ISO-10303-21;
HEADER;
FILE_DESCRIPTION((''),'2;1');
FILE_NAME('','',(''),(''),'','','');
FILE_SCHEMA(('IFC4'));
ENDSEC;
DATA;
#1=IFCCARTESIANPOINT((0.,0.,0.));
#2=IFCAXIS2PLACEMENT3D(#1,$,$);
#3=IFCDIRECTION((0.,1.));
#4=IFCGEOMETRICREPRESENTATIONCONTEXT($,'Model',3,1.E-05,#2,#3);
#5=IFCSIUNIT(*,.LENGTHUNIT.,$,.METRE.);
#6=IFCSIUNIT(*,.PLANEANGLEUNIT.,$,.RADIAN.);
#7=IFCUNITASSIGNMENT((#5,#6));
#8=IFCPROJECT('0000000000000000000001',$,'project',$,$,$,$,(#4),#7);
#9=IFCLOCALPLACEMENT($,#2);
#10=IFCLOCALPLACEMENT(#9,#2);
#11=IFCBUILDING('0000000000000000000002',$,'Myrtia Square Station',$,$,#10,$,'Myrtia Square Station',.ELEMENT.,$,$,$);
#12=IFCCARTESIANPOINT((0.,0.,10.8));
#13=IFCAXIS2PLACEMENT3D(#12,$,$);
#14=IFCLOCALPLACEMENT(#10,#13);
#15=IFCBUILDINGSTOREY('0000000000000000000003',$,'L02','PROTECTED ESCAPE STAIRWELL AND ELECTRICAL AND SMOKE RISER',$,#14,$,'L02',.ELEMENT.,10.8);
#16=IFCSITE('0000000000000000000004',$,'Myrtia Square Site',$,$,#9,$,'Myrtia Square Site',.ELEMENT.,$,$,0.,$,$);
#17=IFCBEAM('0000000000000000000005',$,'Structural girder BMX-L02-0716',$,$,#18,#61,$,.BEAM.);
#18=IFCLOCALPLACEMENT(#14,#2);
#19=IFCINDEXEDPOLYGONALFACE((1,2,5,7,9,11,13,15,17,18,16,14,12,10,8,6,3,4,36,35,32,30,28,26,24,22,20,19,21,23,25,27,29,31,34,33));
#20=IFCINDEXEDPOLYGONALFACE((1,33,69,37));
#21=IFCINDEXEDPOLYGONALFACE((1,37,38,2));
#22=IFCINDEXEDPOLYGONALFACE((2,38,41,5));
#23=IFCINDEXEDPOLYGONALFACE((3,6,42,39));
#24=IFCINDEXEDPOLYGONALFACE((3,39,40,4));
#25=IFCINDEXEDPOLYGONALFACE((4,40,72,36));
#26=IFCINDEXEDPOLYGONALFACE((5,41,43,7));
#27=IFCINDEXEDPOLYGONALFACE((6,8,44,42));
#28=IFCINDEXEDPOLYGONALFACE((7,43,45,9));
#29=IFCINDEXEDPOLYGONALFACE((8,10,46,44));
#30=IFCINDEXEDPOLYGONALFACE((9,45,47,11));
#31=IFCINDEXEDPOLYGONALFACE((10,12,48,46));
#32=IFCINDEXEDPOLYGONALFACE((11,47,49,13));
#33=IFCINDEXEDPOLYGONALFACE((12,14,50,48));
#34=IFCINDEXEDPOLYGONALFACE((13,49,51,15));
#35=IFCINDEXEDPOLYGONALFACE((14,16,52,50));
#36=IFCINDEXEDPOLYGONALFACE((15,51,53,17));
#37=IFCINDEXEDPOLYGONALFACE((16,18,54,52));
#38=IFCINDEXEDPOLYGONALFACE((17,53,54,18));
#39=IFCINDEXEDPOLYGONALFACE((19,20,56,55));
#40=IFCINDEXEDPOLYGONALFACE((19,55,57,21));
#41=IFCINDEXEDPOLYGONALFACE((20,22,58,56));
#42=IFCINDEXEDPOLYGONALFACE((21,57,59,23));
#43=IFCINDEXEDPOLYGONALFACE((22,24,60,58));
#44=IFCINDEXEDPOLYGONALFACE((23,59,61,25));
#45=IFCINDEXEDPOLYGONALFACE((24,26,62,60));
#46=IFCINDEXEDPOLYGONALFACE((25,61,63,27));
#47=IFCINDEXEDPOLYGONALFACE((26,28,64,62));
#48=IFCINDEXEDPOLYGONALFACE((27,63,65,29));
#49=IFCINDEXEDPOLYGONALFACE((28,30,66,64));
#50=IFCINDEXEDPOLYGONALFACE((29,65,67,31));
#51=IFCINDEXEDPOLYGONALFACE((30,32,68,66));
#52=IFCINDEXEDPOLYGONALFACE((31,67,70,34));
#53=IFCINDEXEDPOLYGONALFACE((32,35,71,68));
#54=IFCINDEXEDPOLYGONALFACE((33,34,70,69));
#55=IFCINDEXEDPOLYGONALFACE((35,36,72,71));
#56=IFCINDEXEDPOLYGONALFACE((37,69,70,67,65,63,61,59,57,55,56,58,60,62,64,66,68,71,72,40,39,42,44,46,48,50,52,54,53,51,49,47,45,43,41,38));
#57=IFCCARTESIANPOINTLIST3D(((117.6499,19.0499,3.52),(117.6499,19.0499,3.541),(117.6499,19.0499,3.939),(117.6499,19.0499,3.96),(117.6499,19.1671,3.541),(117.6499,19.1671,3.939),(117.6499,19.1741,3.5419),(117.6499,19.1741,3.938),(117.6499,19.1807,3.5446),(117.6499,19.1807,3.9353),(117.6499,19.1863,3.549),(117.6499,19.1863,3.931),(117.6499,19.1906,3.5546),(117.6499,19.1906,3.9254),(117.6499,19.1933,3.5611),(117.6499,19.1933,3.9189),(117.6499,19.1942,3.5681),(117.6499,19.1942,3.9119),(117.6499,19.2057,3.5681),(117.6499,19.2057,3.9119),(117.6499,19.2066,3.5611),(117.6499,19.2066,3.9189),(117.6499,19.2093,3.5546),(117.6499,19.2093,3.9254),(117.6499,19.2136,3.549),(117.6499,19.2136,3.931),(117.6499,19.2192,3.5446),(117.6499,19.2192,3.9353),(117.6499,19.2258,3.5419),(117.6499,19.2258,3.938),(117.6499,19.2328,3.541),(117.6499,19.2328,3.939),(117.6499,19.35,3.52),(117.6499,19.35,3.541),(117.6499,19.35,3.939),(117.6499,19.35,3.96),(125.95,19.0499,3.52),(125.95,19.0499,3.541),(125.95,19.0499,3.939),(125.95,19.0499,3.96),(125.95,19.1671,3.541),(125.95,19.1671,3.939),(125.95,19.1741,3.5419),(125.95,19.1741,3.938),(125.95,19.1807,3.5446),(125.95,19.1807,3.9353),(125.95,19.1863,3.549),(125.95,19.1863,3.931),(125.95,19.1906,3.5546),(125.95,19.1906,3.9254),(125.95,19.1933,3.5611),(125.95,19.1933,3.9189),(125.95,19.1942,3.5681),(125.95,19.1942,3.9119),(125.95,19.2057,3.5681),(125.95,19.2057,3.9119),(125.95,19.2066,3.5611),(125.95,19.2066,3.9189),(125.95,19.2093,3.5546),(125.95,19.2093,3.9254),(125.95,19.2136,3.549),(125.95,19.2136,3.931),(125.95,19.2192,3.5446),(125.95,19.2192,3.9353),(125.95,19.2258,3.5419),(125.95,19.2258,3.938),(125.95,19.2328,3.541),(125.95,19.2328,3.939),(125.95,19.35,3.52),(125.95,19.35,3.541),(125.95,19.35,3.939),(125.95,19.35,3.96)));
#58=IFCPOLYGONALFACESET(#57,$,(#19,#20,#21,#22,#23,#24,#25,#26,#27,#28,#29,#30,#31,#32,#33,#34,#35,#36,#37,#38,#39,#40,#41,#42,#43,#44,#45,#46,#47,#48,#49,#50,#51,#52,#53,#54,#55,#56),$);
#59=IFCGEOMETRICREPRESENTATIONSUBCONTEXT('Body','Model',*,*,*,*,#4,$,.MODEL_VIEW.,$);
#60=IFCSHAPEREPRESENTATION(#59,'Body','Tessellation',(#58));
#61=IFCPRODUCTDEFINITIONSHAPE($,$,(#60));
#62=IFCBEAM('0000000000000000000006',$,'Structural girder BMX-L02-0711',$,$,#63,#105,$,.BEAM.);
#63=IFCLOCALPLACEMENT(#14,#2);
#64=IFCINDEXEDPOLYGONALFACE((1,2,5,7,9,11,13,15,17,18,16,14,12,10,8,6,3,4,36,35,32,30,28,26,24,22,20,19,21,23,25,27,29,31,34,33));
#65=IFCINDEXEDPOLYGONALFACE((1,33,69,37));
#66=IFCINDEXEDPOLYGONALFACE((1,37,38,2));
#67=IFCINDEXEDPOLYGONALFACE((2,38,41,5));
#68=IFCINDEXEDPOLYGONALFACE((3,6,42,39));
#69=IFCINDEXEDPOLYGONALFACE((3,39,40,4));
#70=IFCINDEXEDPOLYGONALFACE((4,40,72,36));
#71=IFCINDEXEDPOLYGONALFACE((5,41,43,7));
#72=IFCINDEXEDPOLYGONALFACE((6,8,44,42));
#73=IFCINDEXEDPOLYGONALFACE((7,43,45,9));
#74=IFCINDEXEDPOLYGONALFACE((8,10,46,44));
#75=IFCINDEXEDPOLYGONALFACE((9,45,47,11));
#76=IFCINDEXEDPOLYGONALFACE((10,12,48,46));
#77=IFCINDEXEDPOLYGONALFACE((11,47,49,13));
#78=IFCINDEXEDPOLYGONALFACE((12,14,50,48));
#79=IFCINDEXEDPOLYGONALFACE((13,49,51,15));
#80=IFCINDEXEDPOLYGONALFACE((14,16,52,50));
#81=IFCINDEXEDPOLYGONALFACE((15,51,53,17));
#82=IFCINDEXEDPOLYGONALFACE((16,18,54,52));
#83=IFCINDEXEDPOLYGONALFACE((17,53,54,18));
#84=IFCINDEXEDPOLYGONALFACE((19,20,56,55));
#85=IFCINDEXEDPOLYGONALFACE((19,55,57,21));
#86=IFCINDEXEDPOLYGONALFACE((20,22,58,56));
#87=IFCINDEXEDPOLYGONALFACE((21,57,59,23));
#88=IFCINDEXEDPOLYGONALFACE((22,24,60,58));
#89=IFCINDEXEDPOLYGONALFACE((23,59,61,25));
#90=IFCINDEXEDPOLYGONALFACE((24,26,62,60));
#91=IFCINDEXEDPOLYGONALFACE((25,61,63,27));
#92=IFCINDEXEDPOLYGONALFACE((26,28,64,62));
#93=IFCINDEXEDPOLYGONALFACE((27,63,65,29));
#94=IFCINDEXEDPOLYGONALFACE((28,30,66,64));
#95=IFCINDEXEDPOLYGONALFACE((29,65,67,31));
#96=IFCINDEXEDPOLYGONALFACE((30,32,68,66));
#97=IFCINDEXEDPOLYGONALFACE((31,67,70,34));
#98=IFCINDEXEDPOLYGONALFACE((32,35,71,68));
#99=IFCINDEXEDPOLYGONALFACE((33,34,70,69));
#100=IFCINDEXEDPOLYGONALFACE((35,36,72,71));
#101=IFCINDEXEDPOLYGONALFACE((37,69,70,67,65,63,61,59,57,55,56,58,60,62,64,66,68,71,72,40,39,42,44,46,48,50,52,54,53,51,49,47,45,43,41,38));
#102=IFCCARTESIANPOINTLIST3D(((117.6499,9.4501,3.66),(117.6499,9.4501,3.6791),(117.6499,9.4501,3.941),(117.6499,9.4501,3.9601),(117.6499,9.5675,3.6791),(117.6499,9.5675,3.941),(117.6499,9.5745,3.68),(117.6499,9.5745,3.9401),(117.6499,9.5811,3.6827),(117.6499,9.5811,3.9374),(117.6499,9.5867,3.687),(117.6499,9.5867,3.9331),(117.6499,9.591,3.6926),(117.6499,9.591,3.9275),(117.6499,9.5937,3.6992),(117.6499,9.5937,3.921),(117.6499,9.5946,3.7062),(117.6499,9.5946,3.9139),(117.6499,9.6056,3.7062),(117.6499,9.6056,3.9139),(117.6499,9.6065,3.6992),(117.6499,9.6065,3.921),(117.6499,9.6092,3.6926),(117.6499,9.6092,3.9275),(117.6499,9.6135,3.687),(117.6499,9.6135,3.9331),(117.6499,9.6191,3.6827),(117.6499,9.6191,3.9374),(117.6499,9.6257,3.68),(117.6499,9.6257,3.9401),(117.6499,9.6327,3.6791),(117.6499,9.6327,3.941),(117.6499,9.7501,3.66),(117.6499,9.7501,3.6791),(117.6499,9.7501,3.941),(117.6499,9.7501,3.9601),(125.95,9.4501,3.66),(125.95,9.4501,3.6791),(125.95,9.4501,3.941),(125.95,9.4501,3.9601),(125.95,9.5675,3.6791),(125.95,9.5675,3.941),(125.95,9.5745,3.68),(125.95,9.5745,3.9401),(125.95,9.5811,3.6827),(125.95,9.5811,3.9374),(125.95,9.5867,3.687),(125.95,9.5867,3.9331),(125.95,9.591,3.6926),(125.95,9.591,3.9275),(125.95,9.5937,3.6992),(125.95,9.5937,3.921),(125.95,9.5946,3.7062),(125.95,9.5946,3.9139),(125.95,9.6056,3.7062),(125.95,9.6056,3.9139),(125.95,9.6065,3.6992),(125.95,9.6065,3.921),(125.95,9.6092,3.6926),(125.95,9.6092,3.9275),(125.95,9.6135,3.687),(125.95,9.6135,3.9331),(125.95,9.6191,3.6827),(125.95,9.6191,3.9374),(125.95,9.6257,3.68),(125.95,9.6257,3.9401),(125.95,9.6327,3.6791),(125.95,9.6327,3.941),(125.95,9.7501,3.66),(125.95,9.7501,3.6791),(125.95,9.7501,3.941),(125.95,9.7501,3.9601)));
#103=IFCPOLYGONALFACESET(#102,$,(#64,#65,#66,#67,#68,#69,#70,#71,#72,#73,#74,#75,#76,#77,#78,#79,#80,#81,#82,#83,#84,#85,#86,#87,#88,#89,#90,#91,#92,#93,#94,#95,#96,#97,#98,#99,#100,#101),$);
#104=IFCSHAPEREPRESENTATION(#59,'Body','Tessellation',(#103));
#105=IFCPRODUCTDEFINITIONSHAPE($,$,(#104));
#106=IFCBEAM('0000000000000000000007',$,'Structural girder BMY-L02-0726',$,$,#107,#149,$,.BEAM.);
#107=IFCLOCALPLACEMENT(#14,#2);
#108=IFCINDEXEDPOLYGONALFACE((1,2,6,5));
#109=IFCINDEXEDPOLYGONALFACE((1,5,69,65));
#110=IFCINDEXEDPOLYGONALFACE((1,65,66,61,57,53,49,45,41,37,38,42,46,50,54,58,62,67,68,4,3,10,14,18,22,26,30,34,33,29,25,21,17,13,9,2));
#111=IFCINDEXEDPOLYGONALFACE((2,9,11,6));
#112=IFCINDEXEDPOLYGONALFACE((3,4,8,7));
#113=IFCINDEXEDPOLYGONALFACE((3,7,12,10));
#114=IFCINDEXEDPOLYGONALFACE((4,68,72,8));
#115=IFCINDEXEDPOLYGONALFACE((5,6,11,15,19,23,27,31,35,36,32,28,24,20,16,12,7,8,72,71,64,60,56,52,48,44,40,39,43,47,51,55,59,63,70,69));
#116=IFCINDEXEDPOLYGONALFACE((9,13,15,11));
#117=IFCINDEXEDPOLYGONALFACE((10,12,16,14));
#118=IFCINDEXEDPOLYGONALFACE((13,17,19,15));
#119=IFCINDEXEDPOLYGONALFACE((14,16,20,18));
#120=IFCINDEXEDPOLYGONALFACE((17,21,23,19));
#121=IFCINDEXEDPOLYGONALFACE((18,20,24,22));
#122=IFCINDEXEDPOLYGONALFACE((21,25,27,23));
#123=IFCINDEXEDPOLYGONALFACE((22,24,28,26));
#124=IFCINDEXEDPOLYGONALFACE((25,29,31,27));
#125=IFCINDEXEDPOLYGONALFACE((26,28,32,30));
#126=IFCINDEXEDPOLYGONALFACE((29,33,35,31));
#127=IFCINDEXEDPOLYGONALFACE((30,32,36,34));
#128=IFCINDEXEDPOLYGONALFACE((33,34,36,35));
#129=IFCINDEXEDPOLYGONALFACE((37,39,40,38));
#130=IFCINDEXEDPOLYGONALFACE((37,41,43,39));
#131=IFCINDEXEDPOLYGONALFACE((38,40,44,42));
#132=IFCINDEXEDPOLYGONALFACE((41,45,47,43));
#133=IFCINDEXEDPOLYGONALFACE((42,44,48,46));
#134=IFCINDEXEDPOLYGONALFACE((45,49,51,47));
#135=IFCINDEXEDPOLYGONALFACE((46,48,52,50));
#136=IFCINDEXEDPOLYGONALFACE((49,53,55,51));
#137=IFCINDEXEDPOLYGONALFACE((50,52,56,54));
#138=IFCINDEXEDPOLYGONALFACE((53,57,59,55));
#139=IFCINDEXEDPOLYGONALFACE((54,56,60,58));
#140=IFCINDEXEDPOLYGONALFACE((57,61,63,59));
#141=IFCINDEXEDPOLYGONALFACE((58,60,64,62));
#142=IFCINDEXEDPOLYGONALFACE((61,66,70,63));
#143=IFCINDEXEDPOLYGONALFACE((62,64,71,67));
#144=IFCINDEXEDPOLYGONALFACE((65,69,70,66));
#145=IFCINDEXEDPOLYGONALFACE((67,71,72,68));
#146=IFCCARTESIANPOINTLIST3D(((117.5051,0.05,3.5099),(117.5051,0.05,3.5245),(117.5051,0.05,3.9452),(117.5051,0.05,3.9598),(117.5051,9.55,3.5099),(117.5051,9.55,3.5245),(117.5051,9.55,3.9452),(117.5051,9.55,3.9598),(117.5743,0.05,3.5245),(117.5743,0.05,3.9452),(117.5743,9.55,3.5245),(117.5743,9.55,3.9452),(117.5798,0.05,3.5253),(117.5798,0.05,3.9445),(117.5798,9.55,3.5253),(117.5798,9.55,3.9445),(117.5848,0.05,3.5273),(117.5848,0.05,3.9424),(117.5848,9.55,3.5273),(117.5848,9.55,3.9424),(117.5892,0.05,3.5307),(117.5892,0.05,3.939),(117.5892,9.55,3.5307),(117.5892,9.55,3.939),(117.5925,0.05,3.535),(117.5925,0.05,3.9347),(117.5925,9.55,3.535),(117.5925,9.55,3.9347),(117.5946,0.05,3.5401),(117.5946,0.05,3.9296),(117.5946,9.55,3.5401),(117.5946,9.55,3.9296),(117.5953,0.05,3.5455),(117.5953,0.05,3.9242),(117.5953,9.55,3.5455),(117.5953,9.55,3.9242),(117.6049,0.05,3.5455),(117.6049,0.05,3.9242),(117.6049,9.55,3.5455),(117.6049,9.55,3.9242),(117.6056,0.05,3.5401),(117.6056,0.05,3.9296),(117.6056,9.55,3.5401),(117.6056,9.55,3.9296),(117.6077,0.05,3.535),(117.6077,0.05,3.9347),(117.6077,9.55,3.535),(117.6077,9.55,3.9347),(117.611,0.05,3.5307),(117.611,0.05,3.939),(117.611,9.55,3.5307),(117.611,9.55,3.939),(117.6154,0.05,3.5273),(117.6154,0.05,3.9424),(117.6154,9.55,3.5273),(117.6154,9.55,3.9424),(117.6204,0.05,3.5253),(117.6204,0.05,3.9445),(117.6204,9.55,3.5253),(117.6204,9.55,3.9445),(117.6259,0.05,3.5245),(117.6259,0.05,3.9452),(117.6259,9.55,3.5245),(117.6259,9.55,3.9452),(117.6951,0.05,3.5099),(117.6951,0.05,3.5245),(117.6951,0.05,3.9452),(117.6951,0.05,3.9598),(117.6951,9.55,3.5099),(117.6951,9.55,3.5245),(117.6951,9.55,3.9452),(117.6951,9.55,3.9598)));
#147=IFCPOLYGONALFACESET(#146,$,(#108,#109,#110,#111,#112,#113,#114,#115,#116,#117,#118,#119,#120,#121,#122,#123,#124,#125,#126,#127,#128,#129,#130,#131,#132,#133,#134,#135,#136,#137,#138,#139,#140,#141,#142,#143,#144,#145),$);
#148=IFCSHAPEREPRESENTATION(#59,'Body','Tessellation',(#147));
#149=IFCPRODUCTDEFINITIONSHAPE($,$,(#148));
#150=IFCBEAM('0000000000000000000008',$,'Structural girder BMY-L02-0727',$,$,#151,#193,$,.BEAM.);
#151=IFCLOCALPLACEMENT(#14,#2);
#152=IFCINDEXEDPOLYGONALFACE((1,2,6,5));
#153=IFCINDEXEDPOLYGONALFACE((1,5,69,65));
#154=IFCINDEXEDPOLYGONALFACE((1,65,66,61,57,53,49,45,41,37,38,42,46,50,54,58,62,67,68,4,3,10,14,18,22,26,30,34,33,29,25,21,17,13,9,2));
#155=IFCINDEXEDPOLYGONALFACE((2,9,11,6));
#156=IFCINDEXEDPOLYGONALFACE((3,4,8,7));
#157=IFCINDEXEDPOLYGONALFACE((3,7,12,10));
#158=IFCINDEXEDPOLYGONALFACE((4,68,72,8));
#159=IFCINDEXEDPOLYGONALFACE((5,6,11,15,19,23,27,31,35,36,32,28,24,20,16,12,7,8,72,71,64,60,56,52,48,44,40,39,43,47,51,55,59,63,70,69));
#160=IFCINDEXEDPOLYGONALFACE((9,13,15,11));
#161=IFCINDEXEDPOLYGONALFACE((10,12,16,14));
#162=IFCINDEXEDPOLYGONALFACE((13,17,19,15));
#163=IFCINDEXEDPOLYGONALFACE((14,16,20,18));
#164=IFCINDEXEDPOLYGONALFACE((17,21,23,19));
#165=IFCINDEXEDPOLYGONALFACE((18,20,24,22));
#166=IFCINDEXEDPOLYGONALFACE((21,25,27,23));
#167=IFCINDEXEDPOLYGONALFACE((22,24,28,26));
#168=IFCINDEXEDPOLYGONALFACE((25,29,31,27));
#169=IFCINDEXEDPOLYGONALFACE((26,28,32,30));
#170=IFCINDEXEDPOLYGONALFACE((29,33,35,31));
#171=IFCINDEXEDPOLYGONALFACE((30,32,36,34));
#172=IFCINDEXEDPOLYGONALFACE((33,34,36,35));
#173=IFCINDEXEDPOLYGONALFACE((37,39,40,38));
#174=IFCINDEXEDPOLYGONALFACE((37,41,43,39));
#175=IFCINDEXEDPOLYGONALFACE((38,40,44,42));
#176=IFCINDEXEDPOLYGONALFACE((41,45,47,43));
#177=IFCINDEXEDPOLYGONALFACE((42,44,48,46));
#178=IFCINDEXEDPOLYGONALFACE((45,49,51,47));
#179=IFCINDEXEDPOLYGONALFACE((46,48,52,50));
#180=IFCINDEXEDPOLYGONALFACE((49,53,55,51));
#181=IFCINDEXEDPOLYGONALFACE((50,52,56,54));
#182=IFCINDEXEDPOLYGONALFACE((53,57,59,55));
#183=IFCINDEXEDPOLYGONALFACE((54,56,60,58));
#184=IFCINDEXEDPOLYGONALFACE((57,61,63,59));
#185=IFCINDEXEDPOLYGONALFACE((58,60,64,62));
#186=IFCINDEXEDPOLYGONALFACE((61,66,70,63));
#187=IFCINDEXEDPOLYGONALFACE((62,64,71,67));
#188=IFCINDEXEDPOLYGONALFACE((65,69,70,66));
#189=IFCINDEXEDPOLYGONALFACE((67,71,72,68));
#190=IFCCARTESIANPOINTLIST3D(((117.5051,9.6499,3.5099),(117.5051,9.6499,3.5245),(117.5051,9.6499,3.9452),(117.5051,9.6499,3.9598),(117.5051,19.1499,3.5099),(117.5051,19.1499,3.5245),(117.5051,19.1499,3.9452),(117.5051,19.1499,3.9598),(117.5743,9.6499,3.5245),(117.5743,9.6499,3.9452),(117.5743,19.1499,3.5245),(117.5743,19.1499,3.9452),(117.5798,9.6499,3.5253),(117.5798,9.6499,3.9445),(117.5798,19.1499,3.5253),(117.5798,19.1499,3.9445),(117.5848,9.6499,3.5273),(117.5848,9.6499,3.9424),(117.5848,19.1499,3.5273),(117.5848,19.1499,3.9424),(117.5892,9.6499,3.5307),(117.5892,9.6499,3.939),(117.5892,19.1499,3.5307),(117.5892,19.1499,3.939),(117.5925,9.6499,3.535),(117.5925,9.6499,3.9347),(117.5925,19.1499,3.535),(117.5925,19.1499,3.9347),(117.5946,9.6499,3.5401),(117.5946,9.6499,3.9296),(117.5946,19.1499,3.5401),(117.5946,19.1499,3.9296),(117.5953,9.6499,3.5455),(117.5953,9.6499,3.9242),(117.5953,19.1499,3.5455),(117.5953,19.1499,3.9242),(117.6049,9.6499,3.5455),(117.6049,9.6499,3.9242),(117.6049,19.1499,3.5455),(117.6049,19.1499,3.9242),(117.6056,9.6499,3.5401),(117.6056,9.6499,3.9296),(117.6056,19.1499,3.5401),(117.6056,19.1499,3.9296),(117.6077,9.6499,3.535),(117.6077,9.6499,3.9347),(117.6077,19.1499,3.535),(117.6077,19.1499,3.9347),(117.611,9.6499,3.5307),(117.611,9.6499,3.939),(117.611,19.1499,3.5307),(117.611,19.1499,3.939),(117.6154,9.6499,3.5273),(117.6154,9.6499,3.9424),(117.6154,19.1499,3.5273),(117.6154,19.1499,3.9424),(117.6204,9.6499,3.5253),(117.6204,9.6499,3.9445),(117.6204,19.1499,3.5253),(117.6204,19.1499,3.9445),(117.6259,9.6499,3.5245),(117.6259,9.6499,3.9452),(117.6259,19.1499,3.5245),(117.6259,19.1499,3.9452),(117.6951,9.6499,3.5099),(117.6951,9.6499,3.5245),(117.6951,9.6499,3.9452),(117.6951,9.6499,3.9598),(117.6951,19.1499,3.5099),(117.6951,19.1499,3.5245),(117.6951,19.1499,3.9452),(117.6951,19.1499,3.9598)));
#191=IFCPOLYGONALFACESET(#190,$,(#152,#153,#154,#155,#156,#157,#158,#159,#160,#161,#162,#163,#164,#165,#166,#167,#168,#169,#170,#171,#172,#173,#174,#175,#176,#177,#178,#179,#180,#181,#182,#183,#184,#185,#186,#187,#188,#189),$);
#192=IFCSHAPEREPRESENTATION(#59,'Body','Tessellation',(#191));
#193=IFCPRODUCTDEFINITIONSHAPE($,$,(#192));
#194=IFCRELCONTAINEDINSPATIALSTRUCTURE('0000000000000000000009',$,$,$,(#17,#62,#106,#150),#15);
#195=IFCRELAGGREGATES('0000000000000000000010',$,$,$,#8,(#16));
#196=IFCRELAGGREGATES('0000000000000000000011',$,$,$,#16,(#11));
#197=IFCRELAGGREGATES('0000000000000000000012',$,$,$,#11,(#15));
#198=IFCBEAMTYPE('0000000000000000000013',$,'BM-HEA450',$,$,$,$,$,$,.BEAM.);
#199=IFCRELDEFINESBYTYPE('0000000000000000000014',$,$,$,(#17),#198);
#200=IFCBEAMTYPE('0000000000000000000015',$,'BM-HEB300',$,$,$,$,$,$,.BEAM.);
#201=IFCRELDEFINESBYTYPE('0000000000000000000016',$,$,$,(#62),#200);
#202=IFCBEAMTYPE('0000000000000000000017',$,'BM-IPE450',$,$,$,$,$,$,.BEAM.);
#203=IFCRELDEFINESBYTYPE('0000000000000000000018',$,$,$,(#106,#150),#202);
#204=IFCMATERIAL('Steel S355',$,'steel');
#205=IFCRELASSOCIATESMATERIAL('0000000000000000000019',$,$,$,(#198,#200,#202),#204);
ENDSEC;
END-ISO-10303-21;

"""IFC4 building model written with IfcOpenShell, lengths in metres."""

from ifc_helpers import new_model, si_unit, direction, frame, origin, origin_2d, place, context, subcontext, project, spatial, i_section, extrude, material, material_profile, profile_set, type_object, element, save


model = new_model("IFC4")

# Units and contexts
model_context = context("Model", 3, precision=1e-05, world=origin(), true_north=direction((0.0, 1.0)))
body_context = subcontext(model_context, "Body", "Model", "MODEL_VIEW")
ifc_project = project(units=[si_unit("LENGTHUNIT", "METRE"), si_unit("PLANEANGLEUNIT", "RADIAN")], contexts=[model_context])

# Site, building, storey
site_placement = place(None, origin())
site = spatial("IfcSite", under=ifc_project, at=site_placement, Name="Myrtia Square Site", LongName="Myrtia Square Site", CompositionType="ELEMENT", RefElevation=0.0)
building_placement = place(site_placement, origin())
building = spatial("IfcBuilding", under=site, at=building_placement, Name="Myrtia Square Station", LongName="Myrtia Square Station", CompositionType="ELEMENT")
storey_placement = place(building_placement, frame((0.0, 0.0, 10.8)))
storey = spatial("IfcBuildingStorey", under=building, at=storey_placement, Name="L02", Description="PROTECTED ESCAPE STAIRWELL AND ELECTRICAL AND SMOKE RISER", LongName="L02", CompositionType="ELEMENT", Elevation=10.8)

# Shared definitions
ifc_material_1 = material(Name="Steel S355", Category="steel")

# Beams
ifc_material_profile_1 = material_profile(ifc_material_1, i_section(OverallWidth=0.3, OverallDepth=0.4399, WebThickness=0.0115, FlangeThickness=0.021, FilletRadius=0.0271, at=origin_2d()), Name="HEA 450")
ifc_profile_set_1 = profile_set([ifc_material_profile_1], Name="Steel S355")
beam_type_1 = type_object("IfcBeamType", Name="BM-HEA450", PredefinedType="BEAM", material=ifc_profile_set_1)
beam_1_placement = place(storey_placement, frame((117.6499, 19.2, 3.74), z_axis=(1.0, 0.0, 0.0), x_axis=(0.0, 1.0, 0.0)))
element("IfcBeam", 1, at=beam_1_placement, inside=storey, type_object=beam_type_1, Name="Structural girder BMX-L02-0716", PredefinedType="BEAM", context=body_context, shape_type="SweptSolid", body=[
    extrude(i_section(OverallWidth=0.3, OverallDepth=0.4399, WebThickness=0.0115, FlangeThickness=0.021, FilletRadius=0.0271, at=origin_2d()), origin(), (0.0, 0.0, 1.0), 8.3),
])
ifc_material_profile_2 = material_profile(ifc_material_1, i_section(OverallWidth=0.3, OverallDepth=0.3, WebThickness=0.011, FlangeThickness=0.019, FilletRadius=0.0271, at=origin_2d()), Name="HEB 300")
ifc_profile_set_2 = profile_set([ifc_material_profile_2], Name="Steel S355")
beam_type_2 = type_object("IfcBeamType", Name="BM-HEB300", PredefinedType="BEAM", material=ifc_profile_set_2)
beam_2_placement = place(storey_placement, frame((117.6499, 9.6001, 3.8101), z_axis=(1.0, 0.0, 0.0), x_axis=(0.0, 1.0, 0.0)))
element("IfcBeam", 2, at=beam_2_placement, inside=storey, type_object=beam_type_2, Name="Structural girder BMX-L02-0711", PredefinedType="BEAM", context=body_context, shape_type="SweptSolid", body=[
    extrude(i_section(OverallWidth=0.3, OverallDepth=0.3, WebThickness=0.011, FlangeThickness=0.019, FilletRadius=0.0271, at=origin_2d()), origin(), (0.0, 0.0, 1.0), 8.3),
])
ifc_material_profile_3 = material_profile(ifc_material_1, i_section(OverallWidth=0.1899, OverallDepth=0.45, WebThickness=0.0095, FlangeThickness=0.0146, FilletRadius=0.021, at=origin_2d()), Name="IPE 450")
ifc_profile_set_3 = profile_set([ifc_material_profile_3], Name="Steel S355")
beam_type_3 = type_object("IfcBeamType", Name="BM-IPE450", PredefinedType="BEAM", material=ifc_profile_set_3)
for number, where, z_axis, x_axis, name in (
    (3, (117.6001, 0.05, 3.7349), (0.0, 1.0, 0.0), (-1.0, 0.0, 0.0), "Structural girder BMY-L02-0726"),
    (4, (117.6001, 9.6499, 3.7349), (0.0, 1.0, 0.0), (-1.0, 0.0, 0.0), "Structural girder BMY-L02-0727"),
):
    element("IfcBeam", number, at=place(storey_placement, frame(where, z_axis=z_axis, x_axis=x_axis)), inside=storey, type_object=beam_type_3, Name=name, PredefinedType="BEAM", context=body_context, shape_type="SweptSolid", body=[
        extrude(i_section(OverallWidth=0.1899, OverallDepth=0.45, WebThickness=0.0095, FlangeThickness=0.0146, FilletRadius=0.021, at=origin_2d()), origin(), (0.0, 0.0, 1.0), 9.5),
    ])

save(model, "model.ifc")
